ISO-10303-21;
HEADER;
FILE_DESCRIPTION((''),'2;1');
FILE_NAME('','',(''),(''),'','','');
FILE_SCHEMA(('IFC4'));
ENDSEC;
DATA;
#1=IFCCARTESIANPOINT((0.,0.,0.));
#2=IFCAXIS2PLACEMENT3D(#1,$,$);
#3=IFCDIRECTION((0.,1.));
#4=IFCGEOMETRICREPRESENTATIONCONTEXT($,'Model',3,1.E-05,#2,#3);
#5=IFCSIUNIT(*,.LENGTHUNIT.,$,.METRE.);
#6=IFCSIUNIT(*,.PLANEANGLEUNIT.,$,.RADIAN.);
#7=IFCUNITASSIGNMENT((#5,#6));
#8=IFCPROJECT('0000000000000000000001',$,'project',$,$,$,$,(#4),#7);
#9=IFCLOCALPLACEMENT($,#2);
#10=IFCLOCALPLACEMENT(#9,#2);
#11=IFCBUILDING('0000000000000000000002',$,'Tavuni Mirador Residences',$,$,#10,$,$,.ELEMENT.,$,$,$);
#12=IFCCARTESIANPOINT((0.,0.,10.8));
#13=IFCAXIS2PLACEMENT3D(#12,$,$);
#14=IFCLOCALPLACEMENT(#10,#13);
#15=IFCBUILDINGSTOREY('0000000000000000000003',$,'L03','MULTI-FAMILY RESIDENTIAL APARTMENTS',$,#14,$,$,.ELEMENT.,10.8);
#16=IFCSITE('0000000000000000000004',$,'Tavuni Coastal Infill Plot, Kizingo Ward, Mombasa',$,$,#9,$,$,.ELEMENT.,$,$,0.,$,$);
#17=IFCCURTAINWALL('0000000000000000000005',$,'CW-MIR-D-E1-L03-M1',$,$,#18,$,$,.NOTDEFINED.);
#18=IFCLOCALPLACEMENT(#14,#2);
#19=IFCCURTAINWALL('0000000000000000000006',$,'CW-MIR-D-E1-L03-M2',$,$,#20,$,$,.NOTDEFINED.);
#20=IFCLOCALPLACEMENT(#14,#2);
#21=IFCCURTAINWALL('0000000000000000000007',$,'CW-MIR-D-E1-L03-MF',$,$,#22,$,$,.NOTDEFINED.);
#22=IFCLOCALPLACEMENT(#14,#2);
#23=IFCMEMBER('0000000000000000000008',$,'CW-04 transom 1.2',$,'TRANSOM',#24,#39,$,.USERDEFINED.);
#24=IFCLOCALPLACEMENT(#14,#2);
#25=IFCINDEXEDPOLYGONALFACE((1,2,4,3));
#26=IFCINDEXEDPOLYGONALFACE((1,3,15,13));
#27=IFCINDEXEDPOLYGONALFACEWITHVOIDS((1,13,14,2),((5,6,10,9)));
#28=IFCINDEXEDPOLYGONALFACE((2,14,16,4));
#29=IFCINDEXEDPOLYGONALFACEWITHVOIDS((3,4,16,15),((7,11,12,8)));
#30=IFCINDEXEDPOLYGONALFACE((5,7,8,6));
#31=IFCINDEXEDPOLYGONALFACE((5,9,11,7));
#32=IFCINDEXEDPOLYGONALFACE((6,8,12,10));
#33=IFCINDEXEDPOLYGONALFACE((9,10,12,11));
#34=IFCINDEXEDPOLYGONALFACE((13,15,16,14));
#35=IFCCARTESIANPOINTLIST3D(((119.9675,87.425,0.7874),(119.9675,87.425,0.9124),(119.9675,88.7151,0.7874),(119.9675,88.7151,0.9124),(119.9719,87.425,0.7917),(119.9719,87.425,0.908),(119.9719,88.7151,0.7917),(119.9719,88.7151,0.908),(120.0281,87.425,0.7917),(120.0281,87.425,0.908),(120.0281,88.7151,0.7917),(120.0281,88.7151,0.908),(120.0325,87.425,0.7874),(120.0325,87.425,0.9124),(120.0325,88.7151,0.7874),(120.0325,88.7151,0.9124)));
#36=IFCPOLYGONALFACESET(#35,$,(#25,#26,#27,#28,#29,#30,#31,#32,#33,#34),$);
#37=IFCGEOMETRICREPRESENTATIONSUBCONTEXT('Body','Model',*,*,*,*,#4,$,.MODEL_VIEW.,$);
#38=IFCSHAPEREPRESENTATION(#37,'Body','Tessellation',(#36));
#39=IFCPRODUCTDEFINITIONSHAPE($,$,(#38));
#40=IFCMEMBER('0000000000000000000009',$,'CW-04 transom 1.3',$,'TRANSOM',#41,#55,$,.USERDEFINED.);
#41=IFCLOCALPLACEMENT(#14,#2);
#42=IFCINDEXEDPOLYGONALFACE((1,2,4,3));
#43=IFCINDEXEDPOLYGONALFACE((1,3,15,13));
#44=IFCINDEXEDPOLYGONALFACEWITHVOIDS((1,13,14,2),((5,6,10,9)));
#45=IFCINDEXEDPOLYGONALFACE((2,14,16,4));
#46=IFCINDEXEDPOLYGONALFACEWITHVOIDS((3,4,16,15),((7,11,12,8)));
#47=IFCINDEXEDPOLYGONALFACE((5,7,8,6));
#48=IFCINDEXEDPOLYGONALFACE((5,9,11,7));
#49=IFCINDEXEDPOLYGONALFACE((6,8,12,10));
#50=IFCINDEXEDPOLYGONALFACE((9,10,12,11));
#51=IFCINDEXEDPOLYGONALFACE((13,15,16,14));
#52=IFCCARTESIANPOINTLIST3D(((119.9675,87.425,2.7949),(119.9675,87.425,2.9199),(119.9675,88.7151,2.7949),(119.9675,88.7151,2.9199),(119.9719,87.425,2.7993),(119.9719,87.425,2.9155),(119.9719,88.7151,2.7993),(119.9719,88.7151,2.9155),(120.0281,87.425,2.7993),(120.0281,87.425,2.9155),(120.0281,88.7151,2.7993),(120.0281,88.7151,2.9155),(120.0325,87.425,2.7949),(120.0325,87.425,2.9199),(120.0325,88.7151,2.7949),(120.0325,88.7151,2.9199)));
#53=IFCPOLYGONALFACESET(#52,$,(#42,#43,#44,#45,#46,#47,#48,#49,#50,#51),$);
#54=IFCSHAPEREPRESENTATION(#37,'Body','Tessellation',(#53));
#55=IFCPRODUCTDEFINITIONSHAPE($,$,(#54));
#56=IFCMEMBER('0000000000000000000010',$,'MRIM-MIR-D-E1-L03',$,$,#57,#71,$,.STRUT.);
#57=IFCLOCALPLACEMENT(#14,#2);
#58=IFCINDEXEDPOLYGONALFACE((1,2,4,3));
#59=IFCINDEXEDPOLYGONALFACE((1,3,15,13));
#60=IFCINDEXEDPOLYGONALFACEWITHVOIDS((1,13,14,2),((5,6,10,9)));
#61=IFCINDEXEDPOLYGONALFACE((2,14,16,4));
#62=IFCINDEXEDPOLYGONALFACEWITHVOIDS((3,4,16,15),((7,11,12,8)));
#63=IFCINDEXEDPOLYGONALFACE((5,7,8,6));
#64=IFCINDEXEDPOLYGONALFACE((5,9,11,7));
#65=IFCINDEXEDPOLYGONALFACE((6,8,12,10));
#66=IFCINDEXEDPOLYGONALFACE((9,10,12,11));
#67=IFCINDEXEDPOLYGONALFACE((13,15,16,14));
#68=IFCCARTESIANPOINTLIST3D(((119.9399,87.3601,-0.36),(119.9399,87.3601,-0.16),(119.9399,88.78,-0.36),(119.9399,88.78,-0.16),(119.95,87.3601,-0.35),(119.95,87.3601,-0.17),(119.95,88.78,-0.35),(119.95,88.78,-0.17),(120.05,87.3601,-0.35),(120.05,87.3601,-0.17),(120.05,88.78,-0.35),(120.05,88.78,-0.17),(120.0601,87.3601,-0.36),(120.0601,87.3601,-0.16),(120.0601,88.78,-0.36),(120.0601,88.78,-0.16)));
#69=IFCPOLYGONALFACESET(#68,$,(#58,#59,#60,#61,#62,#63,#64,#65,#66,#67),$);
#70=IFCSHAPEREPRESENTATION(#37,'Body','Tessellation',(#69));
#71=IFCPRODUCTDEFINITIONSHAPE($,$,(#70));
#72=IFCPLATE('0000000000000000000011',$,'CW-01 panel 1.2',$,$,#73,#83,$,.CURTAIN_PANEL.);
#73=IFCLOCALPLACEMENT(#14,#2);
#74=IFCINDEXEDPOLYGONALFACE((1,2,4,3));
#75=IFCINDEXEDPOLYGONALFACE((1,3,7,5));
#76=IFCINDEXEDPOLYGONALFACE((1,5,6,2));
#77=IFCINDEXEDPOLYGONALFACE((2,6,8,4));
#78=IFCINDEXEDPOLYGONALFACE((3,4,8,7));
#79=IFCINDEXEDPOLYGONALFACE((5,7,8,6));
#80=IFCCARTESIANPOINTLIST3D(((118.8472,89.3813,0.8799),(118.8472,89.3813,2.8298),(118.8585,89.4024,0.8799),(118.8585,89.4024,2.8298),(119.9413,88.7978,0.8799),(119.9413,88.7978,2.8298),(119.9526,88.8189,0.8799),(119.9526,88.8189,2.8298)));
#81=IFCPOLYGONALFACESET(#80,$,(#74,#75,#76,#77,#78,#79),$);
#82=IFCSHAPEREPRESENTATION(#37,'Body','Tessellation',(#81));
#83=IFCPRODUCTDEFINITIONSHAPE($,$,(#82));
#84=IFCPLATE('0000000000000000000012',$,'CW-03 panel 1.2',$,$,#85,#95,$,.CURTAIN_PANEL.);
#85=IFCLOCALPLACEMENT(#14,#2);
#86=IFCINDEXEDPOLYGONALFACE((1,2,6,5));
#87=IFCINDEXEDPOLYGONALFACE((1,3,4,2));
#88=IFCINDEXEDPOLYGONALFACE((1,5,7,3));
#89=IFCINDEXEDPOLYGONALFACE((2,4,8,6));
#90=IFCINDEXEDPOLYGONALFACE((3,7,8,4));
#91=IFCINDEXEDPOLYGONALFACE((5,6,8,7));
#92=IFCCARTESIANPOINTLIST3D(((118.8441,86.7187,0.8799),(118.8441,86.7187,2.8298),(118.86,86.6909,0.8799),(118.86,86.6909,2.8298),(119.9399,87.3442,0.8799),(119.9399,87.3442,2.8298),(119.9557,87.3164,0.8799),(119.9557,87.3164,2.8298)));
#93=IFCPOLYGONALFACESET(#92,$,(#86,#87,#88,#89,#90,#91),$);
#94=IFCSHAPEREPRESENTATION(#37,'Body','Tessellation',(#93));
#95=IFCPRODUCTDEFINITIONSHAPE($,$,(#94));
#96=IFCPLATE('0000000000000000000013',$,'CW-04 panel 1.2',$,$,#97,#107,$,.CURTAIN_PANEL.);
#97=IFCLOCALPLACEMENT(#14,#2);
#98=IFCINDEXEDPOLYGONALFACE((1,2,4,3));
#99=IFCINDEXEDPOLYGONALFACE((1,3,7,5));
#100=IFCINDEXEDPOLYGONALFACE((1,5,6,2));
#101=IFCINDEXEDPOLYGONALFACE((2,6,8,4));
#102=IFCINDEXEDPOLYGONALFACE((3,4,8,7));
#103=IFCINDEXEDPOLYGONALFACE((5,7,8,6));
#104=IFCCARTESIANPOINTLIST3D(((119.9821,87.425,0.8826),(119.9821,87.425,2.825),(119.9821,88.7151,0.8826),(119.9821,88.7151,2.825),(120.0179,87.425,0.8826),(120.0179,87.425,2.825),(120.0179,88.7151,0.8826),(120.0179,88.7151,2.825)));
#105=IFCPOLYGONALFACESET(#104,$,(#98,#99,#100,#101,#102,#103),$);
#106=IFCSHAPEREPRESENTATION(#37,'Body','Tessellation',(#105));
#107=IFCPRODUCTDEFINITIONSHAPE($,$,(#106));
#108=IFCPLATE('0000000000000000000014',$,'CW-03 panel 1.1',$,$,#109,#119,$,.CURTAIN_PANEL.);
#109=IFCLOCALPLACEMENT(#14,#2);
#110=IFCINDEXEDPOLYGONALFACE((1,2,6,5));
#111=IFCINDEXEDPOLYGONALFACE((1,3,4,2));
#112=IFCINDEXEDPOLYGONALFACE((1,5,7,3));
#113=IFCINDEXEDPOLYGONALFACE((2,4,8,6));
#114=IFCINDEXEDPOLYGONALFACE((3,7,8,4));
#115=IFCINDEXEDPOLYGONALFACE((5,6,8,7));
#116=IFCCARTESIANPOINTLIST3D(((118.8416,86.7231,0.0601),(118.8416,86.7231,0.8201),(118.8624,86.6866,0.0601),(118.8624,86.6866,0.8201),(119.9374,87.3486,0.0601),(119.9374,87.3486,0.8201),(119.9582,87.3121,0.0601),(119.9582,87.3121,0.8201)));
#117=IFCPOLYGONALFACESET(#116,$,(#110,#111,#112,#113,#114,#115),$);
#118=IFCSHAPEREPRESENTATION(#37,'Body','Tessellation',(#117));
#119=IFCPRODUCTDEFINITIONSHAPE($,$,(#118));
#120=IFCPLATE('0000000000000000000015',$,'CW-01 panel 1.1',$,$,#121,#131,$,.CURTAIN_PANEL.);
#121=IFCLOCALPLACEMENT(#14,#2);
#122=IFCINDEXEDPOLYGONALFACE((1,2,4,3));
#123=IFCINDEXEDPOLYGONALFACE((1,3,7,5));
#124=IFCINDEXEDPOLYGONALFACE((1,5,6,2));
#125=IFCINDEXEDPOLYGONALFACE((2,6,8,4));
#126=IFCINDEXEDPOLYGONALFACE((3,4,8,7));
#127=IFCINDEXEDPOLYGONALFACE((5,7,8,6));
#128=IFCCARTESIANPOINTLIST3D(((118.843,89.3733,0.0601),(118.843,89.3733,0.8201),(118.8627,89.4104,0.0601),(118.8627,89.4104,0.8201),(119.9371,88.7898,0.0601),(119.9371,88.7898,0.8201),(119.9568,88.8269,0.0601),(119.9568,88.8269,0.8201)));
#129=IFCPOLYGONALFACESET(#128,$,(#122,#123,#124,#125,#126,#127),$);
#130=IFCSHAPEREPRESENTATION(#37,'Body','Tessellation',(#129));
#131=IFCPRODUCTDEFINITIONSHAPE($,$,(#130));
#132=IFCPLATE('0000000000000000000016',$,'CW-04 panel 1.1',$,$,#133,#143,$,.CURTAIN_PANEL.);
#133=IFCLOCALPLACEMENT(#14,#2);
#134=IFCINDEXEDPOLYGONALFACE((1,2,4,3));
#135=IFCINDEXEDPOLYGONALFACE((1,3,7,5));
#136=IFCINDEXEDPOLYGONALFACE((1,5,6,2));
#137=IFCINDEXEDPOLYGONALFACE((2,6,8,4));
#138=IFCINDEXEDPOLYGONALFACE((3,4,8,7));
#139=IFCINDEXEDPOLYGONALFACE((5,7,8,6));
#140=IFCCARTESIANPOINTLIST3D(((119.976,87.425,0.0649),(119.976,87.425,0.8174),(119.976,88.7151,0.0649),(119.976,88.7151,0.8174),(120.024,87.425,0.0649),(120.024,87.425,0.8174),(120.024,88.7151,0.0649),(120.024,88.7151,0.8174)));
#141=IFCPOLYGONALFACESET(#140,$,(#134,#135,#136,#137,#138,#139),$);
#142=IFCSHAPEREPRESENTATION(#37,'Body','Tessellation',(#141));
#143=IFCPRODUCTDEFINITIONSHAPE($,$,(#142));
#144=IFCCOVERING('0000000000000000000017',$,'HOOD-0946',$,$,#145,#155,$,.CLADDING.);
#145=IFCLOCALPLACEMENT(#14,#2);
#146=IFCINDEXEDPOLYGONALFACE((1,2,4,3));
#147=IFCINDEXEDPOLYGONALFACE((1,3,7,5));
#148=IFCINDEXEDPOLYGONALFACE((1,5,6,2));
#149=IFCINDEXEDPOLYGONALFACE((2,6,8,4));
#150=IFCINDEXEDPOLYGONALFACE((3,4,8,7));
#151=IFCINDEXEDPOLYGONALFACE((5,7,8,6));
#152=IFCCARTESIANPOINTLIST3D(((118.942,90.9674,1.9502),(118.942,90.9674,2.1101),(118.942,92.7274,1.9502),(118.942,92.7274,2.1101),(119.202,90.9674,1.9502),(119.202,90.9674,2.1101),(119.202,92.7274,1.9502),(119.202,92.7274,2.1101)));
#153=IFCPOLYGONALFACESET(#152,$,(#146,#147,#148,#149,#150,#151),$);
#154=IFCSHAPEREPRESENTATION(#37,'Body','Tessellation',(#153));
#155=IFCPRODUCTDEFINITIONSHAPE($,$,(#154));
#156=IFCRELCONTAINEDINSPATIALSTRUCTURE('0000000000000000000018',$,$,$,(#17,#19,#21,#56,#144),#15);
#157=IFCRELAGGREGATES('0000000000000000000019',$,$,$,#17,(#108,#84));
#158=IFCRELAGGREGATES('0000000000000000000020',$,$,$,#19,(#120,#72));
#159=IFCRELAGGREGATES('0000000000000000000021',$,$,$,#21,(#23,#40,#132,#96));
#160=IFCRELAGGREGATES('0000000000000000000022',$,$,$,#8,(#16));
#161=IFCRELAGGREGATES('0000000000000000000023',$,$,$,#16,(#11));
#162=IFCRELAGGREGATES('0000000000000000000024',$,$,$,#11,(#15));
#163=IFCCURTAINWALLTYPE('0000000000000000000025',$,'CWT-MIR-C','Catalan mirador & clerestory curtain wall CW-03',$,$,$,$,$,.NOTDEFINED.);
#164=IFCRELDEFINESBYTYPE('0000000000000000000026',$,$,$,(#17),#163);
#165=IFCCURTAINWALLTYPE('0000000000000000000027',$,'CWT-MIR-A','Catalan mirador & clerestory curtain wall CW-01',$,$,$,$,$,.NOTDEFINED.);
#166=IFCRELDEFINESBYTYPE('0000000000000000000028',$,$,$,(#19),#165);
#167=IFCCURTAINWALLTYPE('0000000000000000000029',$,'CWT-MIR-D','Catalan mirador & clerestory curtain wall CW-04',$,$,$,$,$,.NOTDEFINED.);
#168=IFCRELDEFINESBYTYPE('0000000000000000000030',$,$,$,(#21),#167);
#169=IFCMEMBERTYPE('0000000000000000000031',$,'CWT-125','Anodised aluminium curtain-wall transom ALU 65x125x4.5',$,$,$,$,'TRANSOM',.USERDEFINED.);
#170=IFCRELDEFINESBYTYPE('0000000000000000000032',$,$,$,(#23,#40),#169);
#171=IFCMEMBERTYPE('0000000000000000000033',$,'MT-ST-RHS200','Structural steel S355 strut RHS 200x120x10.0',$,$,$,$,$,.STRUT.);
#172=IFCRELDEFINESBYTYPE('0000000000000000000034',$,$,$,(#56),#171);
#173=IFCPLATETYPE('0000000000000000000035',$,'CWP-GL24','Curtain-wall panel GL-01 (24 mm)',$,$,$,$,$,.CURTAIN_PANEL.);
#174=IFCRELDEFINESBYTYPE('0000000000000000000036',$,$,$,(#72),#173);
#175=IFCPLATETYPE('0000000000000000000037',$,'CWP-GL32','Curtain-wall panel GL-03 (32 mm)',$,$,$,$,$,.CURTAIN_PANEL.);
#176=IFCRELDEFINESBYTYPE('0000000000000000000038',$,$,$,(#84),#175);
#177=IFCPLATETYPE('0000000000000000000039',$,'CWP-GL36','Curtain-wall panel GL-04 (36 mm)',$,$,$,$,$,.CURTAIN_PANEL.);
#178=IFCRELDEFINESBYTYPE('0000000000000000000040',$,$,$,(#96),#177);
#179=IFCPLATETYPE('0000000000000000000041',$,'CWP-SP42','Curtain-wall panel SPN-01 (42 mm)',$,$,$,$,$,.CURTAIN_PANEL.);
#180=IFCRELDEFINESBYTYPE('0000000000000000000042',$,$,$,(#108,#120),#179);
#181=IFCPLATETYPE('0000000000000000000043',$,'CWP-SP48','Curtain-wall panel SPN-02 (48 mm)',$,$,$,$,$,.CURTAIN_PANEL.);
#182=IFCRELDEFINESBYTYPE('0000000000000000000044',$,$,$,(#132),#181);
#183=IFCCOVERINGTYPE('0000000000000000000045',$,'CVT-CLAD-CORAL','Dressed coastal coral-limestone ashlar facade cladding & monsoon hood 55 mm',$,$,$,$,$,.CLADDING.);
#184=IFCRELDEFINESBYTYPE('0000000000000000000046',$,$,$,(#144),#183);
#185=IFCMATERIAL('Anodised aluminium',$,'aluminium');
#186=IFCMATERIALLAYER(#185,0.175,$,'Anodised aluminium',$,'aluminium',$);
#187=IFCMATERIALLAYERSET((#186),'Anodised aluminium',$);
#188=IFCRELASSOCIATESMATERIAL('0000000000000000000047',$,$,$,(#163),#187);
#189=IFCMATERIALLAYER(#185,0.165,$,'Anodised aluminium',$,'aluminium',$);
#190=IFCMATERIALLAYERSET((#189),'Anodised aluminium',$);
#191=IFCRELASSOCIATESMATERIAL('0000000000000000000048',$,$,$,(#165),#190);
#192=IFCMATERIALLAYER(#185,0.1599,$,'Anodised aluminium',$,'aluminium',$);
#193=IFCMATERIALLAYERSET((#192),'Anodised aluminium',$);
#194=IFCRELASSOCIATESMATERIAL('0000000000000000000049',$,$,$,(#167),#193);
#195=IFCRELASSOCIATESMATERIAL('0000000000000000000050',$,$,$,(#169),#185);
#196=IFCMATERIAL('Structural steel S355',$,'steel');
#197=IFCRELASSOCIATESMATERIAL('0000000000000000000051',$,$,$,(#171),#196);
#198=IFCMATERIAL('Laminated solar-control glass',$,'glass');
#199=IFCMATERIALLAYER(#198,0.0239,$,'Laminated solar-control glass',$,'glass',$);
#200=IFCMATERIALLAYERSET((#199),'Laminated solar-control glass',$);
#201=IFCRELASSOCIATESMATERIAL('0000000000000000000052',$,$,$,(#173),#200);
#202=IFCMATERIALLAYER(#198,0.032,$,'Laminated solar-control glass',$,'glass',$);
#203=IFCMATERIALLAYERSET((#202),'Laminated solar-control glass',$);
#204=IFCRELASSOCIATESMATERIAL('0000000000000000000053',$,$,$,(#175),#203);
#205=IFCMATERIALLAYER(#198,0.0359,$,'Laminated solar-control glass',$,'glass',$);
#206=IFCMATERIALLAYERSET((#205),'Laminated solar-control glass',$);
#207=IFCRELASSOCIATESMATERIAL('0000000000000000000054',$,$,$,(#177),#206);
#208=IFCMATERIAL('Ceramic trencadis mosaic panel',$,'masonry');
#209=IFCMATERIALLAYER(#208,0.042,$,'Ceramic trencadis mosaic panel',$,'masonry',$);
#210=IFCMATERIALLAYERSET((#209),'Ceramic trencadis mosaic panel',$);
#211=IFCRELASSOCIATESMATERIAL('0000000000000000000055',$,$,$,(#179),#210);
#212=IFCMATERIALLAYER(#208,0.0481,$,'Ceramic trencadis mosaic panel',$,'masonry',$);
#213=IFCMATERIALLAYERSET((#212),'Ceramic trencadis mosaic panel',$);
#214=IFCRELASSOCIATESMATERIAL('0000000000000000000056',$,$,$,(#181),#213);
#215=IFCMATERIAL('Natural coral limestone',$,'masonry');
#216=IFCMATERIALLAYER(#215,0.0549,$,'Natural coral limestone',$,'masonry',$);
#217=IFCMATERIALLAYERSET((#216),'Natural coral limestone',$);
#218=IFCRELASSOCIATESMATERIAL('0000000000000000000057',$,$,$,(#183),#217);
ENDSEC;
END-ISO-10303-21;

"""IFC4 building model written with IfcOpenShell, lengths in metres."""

from ifc_helpers import new_model, si_unit, direction, frame, origin, origin_2d, place, context, subcontext, project, spatial, rectangle, hollow_rectangle, extrude, material, layer, layer_set, material_profile, profile_set, type_object, element, aggregate, save


model = new_model("IFC4")

# Units and contexts
model_context = context("Model", 3, precision=1e-05, world=origin(), true_north=direction((0.0, 1.0)))
body_context = subcontext(model_context, "Body", "Model", "MODEL_VIEW")
ifc_project = project(units=[si_unit("LENGTHUNIT", "METRE"), si_unit("PLANEANGLEUNIT", "RADIAN")], contexts=[model_context])

# Site, building, storey
site_placement = place(None, origin())
site = spatial("IfcSite", under=ifc_project, at=site_placement, Name="Tavuni Coastal Infill Plot, Kizingo Ward, Mombasa", CompositionType="ELEMENT", RefElevation=0.0)
building_placement = place(site_placement, origin())
building = spatial("IfcBuilding", under=site, at=building_placement, Name="Tavuni Mirador Residences", CompositionType="ELEMENT")
storey_placement = place(building_placement, frame((0.0, 0.0, 10.8)))
storey = spatial("IfcBuildingStorey", under=building, at=storey_placement, Name="L03", Description="MULTI-FAMILY RESIDENTIAL APARTMENTS", CompositionType="ELEMENT", Elevation=10.8)

# Curtain walls
ifc_material_1 = material(Name="Anodised aluminium", Category="aluminium")
ifc_layer_1 = layer(ifc_material_1, 0.175, Name="Anodised aluminium", Category="aluminium")
ifc_layer_set_1 = layer_set([ifc_layer_1], Name="Anodised aluminium")
curtain_wall_type_1 = type_object("IfcCurtainWallType", Name="CWT-MIR-C", Description="Catalan mirador & clerestory curtain wall CW-03", PredefinedType="NOTDEFINED", material=ifc_layer_set_1)
curtain_wall_1_placement = place(storey_placement, origin())
curtain_wall_1 = element("IfcCurtainWall", 1, at=curtain_wall_1_placement, inside=storey, type_object=curtain_wall_type_1, Name="CW-MIR-D-E1-L03-M1", PredefinedType="NOTDEFINED")
ifc_layer_2 = layer(ifc_material_1, 0.165, Name="Anodised aluminium", Category="aluminium")
ifc_layer_set_2 = layer_set([ifc_layer_2], Name="Anodised aluminium")
curtain_wall_type_2 = type_object("IfcCurtainWallType", Name="CWT-MIR-A", Description="Catalan mirador & clerestory curtain wall CW-01", PredefinedType="NOTDEFINED", material=ifc_layer_set_2)
curtain_wall_2_placement = place(storey_placement, origin())
curtain_wall_2 = element("IfcCurtainWall", 2, at=curtain_wall_2_placement, inside=storey, type_object=curtain_wall_type_2, Name="CW-MIR-D-E1-L03-M2", PredefinedType="NOTDEFINED")

# Curtain wall
ifc_layer_3 = layer(ifc_material_1, 0.1599, Name="Anodised aluminium", Category="aluminium")
ifc_layer_set_3 = layer_set([ifc_layer_3], Name="Anodised aluminium")
curtain_wall_type_3 = type_object("IfcCurtainWallType", Name="CWT-MIR-D", Description="Catalan mirador & clerestory curtain wall CW-04", PredefinedType="NOTDEFINED", material=ifc_layer_set_3)
curtain_wall_3_placement = place(storey_placement, origin())
curtain_wall_3 = element("IfcCurtainWall", 3, at=curtain_wall_3_placement, inside=storey, type_object=curtain_wall_type_3, Name="CW-MIR-D-E1-L03-MF", PredefinedType="NOTDEFINED")

# Members
ifc_material_profile_1 = material_profile(ifc_material_1, hollow_rectangle(XDim=0.0649, YDim=0.125, WallThickness=0.0044, at=origin_2d()), Name="ALU 65x125x4.5", Category="aluminium")
ifc_profile_set_1 = profile_set([ifc_material_profile_1], Name="Anodised aluminium")
member_type_1 = type_object("IfcMemberType", Name="CWT-125", Description="Anodised aluminium curtain-wall transom ALU 65x125x4.5", ElementType="TRANSOM", PredefinedType="USERDEFINED", material=ifc_profile_set_1)
member_1_placement = place(storey_placement, frame((120.0, 87.425, 0.8499), z_axis=(0.0, 1.0, 0.0), x_axis=(-1.0, 0.0, 0.0)))
member_1 = element("IfcMember", 4, at=member_1_placement, type_object=member_type_1, Name="CW-04 transom 1.2", ObjectType="TRANSOM", PredefinedType="USERDEFINED", context=body_context, shape_type="SweptSolid", body=[
    extrude(hollow_rectangle(XDim=0.0649, YDim=0.125, WallThickness=0.0044, at=origin_2d()), origin(), (0.0, 0.0, 1.0), 1.29),
])
member_2_placement = place(storey_placement, frame((120.0, 87.425, 2.8574), z_axis=(0.0, 1.0, 0.0), x_axis=(-1.0, 0.0, 0.0)))
member_2 = element("IfcMember", 5, at=member_2_placement, type_object=member_type_1, Name="CW-04 transom 1.3", ObjectType="TRANSOM", PredefinedType="USERDEFINED", context=body_context, shape_type="SweptSolid", body=[
    extrude(hollow_rectangle(XDim=0.0649, YDim=0.125, WallThickness=0.0044, at=origin_2d()), origin(), (0.0, 0.0, 1.0), 1.29),
])
ifc_material_2 = material(Name="Structural steel S355", Category="steel")
ifc_material_profile_2 = material_profile(ifc_material_2, hollow_rectangle(XDim=0.1201, YDim=0.2, WallThickness=0.01, at=origin_2d()), Name="RHS 200x120x10.0", Category="steel")
ifc_profile_set_2 = profile_set([ifc_material_profile_2], Name="Structural steel S355")
member_type_2 = type_object("IfcMemberType", Name="MT-ST-RHS200", Description="Structural steel S355 strut RHS 200x120x10.0", PredefinedType="STRUT", material=ifc_profile_set_2)
member_3_placement = place(storey_placement, frame((120.0, 87.3601, -0.26), z_axis=(0.0, 1.0, 0.0), x_axis=(-1.0, 0.0, 0.0)))
element("IfcMember", 6, at=member_3_placement, inside=storey, type_object=member_type_2, Name="MRIM-MIR-D-E1-L03", PredefinedType="STRUT", context=body_context, shape_type="SweptSolid", body=[
    extrude(hollow_rectangle(XDim=0.1201, YDim=0.2, WallThickness=0.01, at=origin_2d()), origin(), (0.0, 0.0, 1.0), 1.4199),
])

# Plates
ifc_material_3 = material(Name="Laminated solar-control glass", Category="glass")
ifc_layer_4 = layer(ifc_material_3, 0.0239, Name="Laminated solar-control glass", Category="glass")
ifc_layer_set_4 = layer_set([ifc_layer_4], Name="Laminated solar-control glass")
plate_type_1 = type_object("IfcPlateType", Name="CWP-GL24", Description="Curtain-wall panel GL-01 (24 mm)", PredefinedType="CURTAIN_PANEL", material=ifc_layer_set_4)
plate_1_placement = place(storey_placement, frame((119.3999, 89.1001, 0.8799), z_axis=(0.0, 0.0, 1.0), x_axis=(-0.882353, 0.470588, 0.0)))
plate_1 = element("IfcPlate", 7, at=plate_1_placement, type_object=plate_type_1, Name="CW-01 panel 1.2", PredefinedType="CURTAIN_PANEL", context=body_context, shape_type="SweptSolid", body=[
    extrude(rectangle(XDim=1.24, YDim=0.0239, at=origin_2d()), origin(), (0.0, 0.0, 1.0), 1.95),
])
ifc_layer_5 = layer(ifc_material_3, 0.032, Name="Laminated solar-control glass", Category="glass")
ifc_layer_set_5 = layer_set([ifc_layer_5], Name="Laminated solar-control glass")
plate_type_2 = type_object("IfcPlateType", Name="CWP-GL32", Description="Curtain-wall panel GL-03 (32 mm)", PredefinedType="CURTAIN_PANEL", material=ifc_layer_set_5)
plate_2_placement = place(storey_placement, frame((119.3999, 87.0176, 0.8799), z_axis=(0.0, 0.0, 1.0), x_axis=(0.868466, 0.495749, 0.0)))
plate_2 = element("IfcPlate", 8, at=plate_2_placement, type_object=plate_type_2, Name="CW-03 panel 1.2", PredefinedType="CURTAIN_PANEL", context=body_context, shape_type="SweptSolid", body=[
    extrude(rectangle(XDim=1.2617, YDim=0.032, at=origin_2d()), origin(), (0.0, 0.0, 1.0), 1.95),
])
ifc_layer_6 = layer(ifc_material_3, 0.0359, Name="Laminated solar-control glass", Category="glass")
ifc_layer_set_6 = layer_set([ifc_layer_6], Name="Laminated solar-control glass")
plate_type_3 = type_object("IfcPlateType", Name="CWP-GL36", Description="Curtain-wall panel GL-04 (36 mm)", PredefinedType="CURTAIN_PANEL", material=ifc_layer_set_6)
plate_3_placement = place(storey_placement, frame((120.0, 88.0701, 0.8826), z_axis=(0.0, 0.0, 1.0), x_axis=(0.0, 1.0, 0.0)))
plate_3 = element("IfcPlate", 9, at=plate_3_placement, type_object=plate_type_3, Name="CW-04 panel 1.2", PredefinedType="CURTAIN_PANEL", context=body_context, shape_type="SweptSolid", body=[
    extrude(rectangle(XDim=1.29, YDim=0.0359, at=origin_2d()), origin(), (0.0, 0.0, 1.0), 1.9424),
])
ifc_material_4 = material(Name="Ceramic trencadis mosaic panel", Category="masonry")
ifc_layer_7 = layer(ifc_material_4, 0.042, Name="Ceramic trencadis mosaic panel", Category="masonry")
ifc_layer_set_7 = layer_set([ifc_layer_7], Name="Ceramic trencadis mosaic panel")
plate_type_4 = type_object("IfcPlateType", Name="CWP-SP42", Description="Curtain-wall panel SPN-01 (42 mm)", PredefinedType="CURTAIN_PANEL", material=ifc_layer_set_7)
plate_4_placement = place(storey_placement, frame((119.3999, 87.0176, 0.0601), z_axis=(0.0, 0.0, 1.0), x_axis=(0.868466, 0.495749, 0.0)))
plate_4 = element("IfcPlate", 10, at=plate_4_placement, type_object=plate_type_4, Name="CW-03 panel 1.1", PredefinedType="CURTAIN_PANEL", context=body_context, shape_type="SweptSolid", body=[
    extrude(rectangle(XDim=1.2617, YDim=0.042, at=origin_2d()), origin(), (0.0, 0.0, 1.0), 0.76),
])
aggregate(curtain_wall_1, [plate_4, plate_2])
plate_5_placement = place(storey_placement, frame((119.3999, 89.1001, 0.0601), z_axis=(0.0, 0.0, 1.0), x_axis=(-0.882353, 0.470588, 0.0)))
plate_5 = element("IfcPlate", 11, at=plate_5_placement, type_object=plate_type_4, Name="CW-01 panel 1.1", PredefinedType="CURTAIN_PANEL", context=body_context, shape_type="SweptSolid", body=[
    extrude(rectangle(XDim=1.24, YDim=0.042, at=origin_2d()), origin(), (0.0, 0.0, 1.0), 0.76),
])
aggregate(curtain_wall_2, [plate_5, plate_1])
ifc_layer_8 = layer(ifc_material_4, 0.0481, Name="Ceramic trencadis mosaic panel", Category="masonry")
ifc_layer_set_8 = layer_set([ifc_layer_8], Name="Ceramic trencadis mosaic panel")
plate_type_5 = type_object("IfcPlateType", Name="CWP-SP48", Description="Curtain-wall panel SPN-02 (48 mm)", PredefinedType="CURTAIN_PANEL", material=ifc_layer_set_8)
plate_6_placement = place(storey_placement, frame((120.0, 88.0701, 0.0649), z_axis=(0.0, 0.0, 1.0), x_axis=(0.0, 1.0, 0.0)))
plate_6 = element("IfcPlate", 12, at=plate_6_placement, type_object=plate_type_5, Name="CW-04 panel 1.1", PredefinedType="CURTAIN_PANEL", context=body_context, shape_type="SweptSolid", body=[
    extrude(rectangle(XDim=1.29, YDim=0.0481, at=origin_2d()), origin(), (0.0, 0.0, 1.0), 0.7524),
])
aggregate(curtain_wall_3, [member_1, member_2, plate_6, plate_3])

# Covering
ifc_material_5 = material(Name="Natural coral limestone", Category="masonry")
ifc_layer_9 = layer(ifc_material_5, 0.0549, Name="Natural coral limestone", Category="masonry")
ifc_layer_set_9 = layer_set([ifc_layer_9], Name="Natural coral limestone")
covering_type = type_object("IfcCoveringType", Name="CVT-CLAD-CORAL", Description="Dressed coastal coral-limestone ashlar facade cladding & monsoon hood 55 mm", PredefinedType="CLADDING", material=ifc_layer_set_9)
covering_placement = place(storey_placement, frame((119.072, 91.8474, 1.9502), z_axis=(0.0, 0.0, 1.0), x_axis=(0.0, 1.0, 0.0)))
element("IfcCovering", 13, at=covering_placement, inside=storey, type_object=covering_type, Name="HOOD-0946", PredefinedType="CLADDING", context=body_context, shape_type="SweptSolid", body=[
    extrude(rectangle(XDim=1.76, YDim=0.26, at=origin_2d()), origin(), (0.0, 0.0, 1.0), 0.1599),
])

save(model, "model.ifc")
